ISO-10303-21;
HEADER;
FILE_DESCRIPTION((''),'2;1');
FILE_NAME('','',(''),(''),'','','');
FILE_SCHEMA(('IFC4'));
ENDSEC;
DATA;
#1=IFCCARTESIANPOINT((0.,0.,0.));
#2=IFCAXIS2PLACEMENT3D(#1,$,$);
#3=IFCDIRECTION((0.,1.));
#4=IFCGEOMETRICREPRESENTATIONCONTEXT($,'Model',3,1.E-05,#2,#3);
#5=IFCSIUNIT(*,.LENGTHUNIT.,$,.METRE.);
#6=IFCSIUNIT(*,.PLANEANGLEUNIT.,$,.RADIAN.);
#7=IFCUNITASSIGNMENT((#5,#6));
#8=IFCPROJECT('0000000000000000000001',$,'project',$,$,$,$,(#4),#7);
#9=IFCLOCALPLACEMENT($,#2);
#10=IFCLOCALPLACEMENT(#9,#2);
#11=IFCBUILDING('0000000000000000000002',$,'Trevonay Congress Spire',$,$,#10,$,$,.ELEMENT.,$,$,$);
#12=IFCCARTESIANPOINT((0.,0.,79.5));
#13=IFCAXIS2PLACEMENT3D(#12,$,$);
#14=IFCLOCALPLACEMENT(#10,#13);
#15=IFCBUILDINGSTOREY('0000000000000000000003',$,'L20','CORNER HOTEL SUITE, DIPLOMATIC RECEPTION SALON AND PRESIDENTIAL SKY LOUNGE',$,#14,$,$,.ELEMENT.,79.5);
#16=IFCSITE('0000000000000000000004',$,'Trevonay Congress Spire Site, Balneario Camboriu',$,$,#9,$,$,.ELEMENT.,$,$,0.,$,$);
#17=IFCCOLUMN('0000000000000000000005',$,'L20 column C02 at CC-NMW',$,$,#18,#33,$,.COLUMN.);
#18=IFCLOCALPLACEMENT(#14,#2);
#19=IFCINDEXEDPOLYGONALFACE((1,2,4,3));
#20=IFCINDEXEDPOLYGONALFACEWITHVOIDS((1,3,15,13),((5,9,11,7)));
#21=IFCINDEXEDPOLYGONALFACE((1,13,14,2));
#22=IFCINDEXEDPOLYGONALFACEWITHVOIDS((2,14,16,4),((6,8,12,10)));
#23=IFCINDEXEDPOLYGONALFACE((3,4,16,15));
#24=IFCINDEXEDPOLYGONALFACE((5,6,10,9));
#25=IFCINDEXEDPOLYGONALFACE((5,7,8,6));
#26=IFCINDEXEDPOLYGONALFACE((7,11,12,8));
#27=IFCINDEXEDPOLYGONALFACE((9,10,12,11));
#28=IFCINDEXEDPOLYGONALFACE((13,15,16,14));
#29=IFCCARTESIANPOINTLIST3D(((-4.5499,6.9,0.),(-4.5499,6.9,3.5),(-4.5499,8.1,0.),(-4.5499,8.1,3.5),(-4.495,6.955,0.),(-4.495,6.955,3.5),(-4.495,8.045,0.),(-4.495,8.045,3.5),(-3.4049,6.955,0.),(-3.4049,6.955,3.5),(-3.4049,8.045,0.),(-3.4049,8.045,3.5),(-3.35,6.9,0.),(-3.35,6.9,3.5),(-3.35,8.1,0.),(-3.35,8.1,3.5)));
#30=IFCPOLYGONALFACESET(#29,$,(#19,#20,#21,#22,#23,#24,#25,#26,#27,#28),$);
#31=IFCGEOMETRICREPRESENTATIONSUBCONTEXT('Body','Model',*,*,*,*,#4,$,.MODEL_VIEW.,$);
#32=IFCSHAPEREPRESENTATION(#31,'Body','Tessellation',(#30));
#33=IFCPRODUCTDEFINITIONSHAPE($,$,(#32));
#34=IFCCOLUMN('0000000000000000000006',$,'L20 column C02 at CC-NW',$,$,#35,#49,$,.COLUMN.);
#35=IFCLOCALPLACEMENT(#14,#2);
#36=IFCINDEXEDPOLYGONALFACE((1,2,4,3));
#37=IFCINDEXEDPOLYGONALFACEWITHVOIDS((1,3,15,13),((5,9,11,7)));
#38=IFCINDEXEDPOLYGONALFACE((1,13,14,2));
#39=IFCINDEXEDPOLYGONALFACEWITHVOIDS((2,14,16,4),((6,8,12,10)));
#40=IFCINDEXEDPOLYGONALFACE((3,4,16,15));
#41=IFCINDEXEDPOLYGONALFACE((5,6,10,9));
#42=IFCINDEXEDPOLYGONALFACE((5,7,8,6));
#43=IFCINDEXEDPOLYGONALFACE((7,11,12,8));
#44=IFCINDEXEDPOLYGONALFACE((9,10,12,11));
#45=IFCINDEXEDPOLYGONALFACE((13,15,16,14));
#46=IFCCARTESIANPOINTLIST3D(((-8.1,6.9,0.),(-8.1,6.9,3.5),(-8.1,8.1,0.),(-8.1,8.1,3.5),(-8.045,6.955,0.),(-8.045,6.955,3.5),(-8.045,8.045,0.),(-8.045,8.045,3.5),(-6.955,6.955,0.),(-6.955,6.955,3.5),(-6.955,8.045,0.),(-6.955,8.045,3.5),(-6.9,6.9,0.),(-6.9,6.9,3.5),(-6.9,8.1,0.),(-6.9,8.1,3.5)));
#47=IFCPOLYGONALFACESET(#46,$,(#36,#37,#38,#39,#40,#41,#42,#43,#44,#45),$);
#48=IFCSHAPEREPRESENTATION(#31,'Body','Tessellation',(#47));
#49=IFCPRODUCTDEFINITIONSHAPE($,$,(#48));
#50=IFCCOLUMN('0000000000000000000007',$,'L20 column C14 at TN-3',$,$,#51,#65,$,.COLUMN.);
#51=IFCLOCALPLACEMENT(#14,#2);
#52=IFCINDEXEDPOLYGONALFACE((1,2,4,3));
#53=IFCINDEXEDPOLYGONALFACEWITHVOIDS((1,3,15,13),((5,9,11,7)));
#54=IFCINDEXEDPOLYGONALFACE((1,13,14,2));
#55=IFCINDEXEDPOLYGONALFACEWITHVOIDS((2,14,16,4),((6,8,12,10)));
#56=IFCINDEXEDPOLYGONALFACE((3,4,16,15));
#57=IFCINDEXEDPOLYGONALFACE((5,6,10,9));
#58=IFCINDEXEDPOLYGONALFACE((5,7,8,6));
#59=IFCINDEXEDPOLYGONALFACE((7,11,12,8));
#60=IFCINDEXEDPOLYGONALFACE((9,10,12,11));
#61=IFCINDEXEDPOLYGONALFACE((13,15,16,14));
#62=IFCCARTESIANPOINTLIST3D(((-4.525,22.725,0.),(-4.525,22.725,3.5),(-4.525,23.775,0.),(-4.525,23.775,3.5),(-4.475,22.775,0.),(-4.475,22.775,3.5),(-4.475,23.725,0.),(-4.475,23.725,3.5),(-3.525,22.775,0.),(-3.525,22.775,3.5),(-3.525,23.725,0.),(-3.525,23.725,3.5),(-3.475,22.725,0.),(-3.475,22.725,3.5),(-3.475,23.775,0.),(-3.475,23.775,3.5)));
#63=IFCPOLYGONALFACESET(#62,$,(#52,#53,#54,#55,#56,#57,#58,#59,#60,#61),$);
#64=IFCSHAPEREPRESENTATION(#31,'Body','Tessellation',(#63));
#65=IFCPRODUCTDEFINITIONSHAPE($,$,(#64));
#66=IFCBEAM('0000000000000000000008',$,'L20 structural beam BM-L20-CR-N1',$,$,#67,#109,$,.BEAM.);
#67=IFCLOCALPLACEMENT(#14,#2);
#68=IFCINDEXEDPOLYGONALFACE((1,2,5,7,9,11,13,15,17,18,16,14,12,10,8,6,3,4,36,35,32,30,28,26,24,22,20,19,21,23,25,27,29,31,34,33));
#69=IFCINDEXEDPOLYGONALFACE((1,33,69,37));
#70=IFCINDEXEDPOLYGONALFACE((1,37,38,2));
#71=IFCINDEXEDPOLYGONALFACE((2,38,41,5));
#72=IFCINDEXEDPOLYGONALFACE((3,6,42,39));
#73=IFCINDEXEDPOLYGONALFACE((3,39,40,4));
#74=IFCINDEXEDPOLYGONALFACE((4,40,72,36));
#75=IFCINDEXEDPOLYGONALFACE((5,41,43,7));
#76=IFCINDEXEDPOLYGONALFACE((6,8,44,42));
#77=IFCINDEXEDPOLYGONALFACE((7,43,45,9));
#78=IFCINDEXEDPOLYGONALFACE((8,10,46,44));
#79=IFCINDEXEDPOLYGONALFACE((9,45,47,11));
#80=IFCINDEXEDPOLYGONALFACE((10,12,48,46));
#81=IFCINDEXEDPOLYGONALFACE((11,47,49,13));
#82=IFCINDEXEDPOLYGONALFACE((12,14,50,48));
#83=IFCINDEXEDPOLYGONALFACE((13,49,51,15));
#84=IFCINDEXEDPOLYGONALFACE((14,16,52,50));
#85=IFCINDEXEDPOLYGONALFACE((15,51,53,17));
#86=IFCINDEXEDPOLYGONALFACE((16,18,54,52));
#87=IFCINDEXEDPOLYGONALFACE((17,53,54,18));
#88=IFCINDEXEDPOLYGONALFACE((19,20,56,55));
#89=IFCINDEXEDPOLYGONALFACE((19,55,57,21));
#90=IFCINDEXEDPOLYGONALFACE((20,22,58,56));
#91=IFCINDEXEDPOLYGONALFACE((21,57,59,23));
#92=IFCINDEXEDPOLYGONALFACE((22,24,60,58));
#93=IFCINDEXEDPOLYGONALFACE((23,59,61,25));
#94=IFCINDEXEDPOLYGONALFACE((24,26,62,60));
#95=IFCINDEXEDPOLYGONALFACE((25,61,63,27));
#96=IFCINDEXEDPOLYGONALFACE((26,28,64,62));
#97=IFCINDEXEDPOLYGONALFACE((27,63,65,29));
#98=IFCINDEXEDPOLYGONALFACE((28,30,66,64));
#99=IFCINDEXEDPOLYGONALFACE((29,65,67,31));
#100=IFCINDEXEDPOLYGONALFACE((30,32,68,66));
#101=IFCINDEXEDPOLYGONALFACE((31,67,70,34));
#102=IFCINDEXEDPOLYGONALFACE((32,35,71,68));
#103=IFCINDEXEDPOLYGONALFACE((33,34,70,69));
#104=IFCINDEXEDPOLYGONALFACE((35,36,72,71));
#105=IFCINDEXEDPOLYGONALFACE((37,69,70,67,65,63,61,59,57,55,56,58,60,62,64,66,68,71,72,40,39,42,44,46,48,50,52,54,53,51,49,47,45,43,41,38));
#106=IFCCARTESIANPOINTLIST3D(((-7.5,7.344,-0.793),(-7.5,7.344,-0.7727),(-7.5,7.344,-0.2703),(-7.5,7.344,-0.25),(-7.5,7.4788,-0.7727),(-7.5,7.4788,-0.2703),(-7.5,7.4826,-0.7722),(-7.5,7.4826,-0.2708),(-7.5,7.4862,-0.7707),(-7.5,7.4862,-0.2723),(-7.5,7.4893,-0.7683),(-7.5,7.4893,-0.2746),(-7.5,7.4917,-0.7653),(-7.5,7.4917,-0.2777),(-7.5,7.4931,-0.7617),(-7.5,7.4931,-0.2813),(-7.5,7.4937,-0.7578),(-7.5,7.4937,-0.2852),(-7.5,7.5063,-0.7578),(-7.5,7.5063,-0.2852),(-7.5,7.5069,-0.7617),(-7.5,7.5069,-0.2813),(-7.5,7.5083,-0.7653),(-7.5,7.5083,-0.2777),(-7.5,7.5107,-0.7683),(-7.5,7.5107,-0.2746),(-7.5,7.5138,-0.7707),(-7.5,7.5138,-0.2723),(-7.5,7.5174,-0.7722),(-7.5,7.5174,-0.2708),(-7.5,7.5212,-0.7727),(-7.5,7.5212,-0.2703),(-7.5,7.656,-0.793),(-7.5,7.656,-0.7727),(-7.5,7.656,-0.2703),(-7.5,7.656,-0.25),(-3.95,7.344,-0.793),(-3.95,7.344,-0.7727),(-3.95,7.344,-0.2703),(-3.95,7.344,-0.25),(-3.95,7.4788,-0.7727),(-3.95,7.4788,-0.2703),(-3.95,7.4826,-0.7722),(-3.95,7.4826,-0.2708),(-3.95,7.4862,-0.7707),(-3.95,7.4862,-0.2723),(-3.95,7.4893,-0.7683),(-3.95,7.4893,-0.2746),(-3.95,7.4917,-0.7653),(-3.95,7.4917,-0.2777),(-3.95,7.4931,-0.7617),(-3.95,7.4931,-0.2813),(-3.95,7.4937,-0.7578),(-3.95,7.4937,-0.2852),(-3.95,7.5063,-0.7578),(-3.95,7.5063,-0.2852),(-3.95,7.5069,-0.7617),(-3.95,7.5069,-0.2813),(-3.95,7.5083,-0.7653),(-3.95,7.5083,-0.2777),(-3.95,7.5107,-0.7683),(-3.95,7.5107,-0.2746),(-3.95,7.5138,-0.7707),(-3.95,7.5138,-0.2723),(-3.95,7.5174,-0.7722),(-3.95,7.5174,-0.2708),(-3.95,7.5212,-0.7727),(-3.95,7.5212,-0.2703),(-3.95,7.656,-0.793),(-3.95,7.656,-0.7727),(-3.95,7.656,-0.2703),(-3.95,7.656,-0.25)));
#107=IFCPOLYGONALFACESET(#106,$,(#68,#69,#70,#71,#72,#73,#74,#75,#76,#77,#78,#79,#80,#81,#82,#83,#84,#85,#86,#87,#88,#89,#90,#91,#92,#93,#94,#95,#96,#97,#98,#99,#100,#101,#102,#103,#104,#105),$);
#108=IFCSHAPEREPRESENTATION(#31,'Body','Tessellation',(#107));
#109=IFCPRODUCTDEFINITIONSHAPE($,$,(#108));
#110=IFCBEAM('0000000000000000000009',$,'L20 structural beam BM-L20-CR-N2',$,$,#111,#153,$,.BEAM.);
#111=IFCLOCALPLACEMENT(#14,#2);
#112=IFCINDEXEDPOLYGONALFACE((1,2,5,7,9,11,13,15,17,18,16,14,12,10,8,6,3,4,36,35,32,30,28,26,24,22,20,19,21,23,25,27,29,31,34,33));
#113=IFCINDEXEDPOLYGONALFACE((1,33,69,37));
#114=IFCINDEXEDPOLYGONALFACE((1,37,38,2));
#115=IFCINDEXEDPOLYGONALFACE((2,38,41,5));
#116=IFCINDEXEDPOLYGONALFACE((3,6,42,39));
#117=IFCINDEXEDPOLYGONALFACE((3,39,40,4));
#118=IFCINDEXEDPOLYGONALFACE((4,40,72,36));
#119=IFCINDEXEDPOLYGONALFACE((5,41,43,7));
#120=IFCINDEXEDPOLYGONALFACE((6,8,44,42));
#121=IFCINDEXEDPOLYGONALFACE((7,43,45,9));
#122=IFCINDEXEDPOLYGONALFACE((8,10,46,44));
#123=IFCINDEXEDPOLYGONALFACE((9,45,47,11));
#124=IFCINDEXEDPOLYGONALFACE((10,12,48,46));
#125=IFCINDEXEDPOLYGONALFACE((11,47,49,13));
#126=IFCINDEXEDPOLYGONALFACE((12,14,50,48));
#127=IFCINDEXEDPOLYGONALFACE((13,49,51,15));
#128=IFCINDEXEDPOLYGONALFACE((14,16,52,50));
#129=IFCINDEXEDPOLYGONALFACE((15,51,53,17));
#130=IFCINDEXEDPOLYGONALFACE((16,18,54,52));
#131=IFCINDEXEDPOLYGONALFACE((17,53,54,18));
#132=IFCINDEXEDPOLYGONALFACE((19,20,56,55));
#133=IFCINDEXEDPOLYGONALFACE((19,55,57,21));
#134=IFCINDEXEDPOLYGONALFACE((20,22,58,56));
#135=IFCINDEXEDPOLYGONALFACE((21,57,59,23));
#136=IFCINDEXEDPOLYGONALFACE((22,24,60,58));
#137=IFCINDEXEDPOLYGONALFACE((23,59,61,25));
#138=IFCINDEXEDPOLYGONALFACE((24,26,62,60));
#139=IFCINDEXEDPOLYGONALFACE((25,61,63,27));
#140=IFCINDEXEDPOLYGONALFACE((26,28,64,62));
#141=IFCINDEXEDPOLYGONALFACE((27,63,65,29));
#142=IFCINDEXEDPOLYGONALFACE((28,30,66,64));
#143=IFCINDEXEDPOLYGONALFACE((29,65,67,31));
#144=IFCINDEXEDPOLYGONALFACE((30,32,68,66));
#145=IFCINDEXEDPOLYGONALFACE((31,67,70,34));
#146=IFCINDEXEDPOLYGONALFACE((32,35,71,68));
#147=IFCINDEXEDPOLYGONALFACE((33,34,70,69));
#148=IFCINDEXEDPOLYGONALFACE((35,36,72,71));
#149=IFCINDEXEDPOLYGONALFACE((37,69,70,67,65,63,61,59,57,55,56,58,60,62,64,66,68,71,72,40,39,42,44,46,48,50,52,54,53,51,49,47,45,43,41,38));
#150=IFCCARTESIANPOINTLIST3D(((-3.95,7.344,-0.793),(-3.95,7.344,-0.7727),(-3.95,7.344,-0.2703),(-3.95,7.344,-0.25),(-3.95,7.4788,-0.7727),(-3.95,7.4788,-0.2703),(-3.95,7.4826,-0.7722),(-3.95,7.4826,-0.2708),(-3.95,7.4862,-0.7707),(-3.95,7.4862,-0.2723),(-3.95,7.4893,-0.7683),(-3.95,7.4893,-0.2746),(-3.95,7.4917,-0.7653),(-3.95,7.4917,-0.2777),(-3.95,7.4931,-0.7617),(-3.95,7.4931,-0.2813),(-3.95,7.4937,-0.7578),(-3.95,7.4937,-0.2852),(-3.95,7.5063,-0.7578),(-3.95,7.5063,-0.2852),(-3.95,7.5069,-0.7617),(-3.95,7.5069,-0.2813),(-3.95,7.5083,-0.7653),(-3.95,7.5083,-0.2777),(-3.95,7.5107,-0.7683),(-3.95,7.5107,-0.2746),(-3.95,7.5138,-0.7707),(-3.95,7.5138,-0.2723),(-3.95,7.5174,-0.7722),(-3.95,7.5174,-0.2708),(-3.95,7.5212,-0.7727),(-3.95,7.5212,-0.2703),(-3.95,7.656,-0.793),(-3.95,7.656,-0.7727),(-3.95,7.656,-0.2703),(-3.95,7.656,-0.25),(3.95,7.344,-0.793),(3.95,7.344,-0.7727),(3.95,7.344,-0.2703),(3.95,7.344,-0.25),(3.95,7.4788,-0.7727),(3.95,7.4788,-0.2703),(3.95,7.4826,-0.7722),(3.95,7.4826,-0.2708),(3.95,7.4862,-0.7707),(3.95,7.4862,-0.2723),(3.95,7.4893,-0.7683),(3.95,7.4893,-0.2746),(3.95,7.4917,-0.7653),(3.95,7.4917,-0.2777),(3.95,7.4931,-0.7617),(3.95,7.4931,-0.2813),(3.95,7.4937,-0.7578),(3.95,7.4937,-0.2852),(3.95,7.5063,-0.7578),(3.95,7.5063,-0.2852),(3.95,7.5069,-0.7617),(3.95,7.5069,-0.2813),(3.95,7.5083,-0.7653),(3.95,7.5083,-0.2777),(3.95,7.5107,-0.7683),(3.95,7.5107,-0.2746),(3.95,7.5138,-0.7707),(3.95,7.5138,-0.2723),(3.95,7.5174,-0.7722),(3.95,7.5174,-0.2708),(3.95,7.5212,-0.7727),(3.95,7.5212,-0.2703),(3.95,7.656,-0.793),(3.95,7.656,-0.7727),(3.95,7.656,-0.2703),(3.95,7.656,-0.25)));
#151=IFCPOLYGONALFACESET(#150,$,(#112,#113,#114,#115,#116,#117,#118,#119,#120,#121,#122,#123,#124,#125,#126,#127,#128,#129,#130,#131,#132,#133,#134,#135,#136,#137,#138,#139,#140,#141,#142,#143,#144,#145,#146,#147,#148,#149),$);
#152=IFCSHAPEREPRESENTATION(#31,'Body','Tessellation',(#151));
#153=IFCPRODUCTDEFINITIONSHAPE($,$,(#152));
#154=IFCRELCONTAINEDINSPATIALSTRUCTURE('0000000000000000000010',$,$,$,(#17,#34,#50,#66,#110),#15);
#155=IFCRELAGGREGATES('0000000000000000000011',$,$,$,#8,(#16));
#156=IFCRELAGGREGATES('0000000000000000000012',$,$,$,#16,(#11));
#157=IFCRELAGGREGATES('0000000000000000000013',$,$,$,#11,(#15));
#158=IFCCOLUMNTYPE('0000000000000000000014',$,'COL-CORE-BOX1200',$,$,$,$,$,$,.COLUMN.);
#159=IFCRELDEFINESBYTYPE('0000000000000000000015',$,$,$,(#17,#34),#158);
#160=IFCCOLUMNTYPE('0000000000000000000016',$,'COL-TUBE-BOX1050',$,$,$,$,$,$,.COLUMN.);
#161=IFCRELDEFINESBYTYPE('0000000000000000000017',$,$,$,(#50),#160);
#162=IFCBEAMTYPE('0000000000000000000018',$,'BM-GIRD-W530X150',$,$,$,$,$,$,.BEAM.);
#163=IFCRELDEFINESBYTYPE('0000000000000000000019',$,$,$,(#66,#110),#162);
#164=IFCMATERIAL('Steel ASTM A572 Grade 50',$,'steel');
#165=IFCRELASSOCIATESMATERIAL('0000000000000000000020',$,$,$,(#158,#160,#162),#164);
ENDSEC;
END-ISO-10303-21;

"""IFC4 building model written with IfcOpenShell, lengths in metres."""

from ifc_helpers import new_model, si_unit, direction, frame, origin, origin_2d, place, context, subcontext, project, spatial, hollow_rectangle, i_section, extrude, material, material_profile, profile_set, type_object, element, save


model = new_model("IFC4")

# Units and contexts
model_context = context("Model", 3, precision=1e-05, world=origin(), true_north=direction((0.0, 1.0)))
body_context = subcontext(model_context, "Body", "Model", "MODEL_VIEW")
ifc_project = project(units=[si_unit("LENGTHUNIT", "METRE"), si_unit("PLANEANGLEUNIT", "RADIAN")], contexts=[model_context])

# Site, building, storey
site_placement = place(None, origin())
site = spatial("IfcSite", under=ifc_project, at=site_placement, Name="Trevonay Congress Spire Site, Balneario Camboriu", CompositionType="ELEMENT", RefElevation=0.0)
building_placement = place(site_placement, origin())
building = spatial("IfcBuilding", under=site, at=building_placement, Name="Trevonay Congress Spire", CompositionType="ELEMENT")
storey_placement = place(building_placement, frame((0.0, 0.0, 79.5)))
storey = spatial("IfcBuildingStorey", under=building, at=storey_placement, Name="L20", Description="CORNER HOTEL SUITE, DIPLOMATIC RECEPTION SALON AND PRESIDENTIAL SKY LOUNGE", CompositionType="ELEMENT", Elevation=79.5)

# Columns
ifc_material_1 = material(Name="Steel ASTM A572 Grade 50", Category="steel")
ifc_material_profile_1 = material_profile(ifc_material_1, hollow_rectangle(XDim=1.2, YDim=1.2, WallThickness=0.0549, at=origin_2d()), Name="BOX 1200x1200x55")
ifc_profile_set_1 = profile_set([ifc_material_profile_1], Name="Steel ASTM A572 Grade 50")
column_type_1 = type_object("IfcColumnType", Name="COL-CORE-BOX1200", PredefinedType="COLUMN", material=ifc_profile_set_1)
for number, where, z_axis, x_axis, name in (
    (1, (-3.95, 7.5, 0.0), (0.0, 0.0, 1.0), (1.0, 0.0, 0.0), "L20 column C02 at CC-NMW"),
    (2, (-7.5, 7.5, 0.0), (0.0, 0.0, 1.0), (1.0, 0.0, 0.0), "L20 column C02 at CC-NW"),
):
    element("IfcColumn", number, at=place(storey_placement, frame(where, z_axis=z_axis, x_axis=x_axis)), inside=storey, type_object=column_type_1, Name=name, PredefinedType="COLUMN", context=body_context, shape_type="SweptSolid", body=[
        extrude(hollow_rectangle(XDim=1.2, YDim=1.2, WallThickness=0.0549, at=origin_2d()), origin(), (0.0, 0.0, 1.0), 3.5),
    ])
ifc_material_profile_2 = material_profile(ifc_material_1, hollow_rectangle(XDim=1.05, YDim=1.05, WallThickness=0.05, at=origin_2d()), Name="BOX 1050x1050x50")
ifc_profile_set_2 = profile_set([ifc_material_profile_2], Name="Steel ASTM A572 Grade 50")
column_type_2 = type_object("IfcColumnType", Name="COL-TUBE-BOX1050", PredefinedType="COLUMN", material=ifc_profile_set_2)
column_placement = place(storey_placement, frame((-4.0, 23.25, 0.0), z_axis=(0.0, 0.0, 1.0), x_axis=(1.0, 0.0, 0.0)))
element("IfcColumn", 3, at=column_placement, inside=storey, type_object=column_type_2, Name="L20 column C14 at TN-3", PredefinedType="COLUMN", context=body_context, shape_type="SweptSolid", body=[
    extrude(hollow_rectangle(XDim=1.05, YDim=1.05, WallThickness=0.05, at=origin_2d()), origin(), (0.0, 0.0, 1.0), 3.5),
])

# Beams
ifc_material_profile_3 = material_profile(ifc_material_1, i_section(OverallWidth=0.312, OverallDepth=0.543, WebThickness=0.0127, FlangeThickness=0.0203, FilletRadius=0.0149, at=origin_2d()), Name="W530x150")
ifc_profile_set_3 = profile_set([ifc_material_profile_3], Name="Steel ASTM A572 Grade 50")
beam_type_1 = type_object("IfcBeamType", Name="BM-GIRD-W530X150", PredefinedType="BEAM", material=ifc_profile_set_3)
beam_1_placement = place(storey_placement, frame((-7.5, 7.5, -0.5215), z_axis=(1.0, 0.0, 0.0), x_axis=(0.0, 1.0, 0.0)))
element("IfcBeam", 4, at=beam_1_placement, inside=storey, type_object=beam_type_1, Name="L20 structural beam BM-L20-CR-N1", PredefinedType="BEAM", context=body_context, shape_type="SweptSolid", body=[
    extrude(i_section(OverallWidth=0.312, OverallDepth=0.543, WebThickness=0.0127, FlangeThickness=0.0203, FilletRadius=0.0149, at=origin_2d()), origin(), (0.0, 0.0, 1.0), 3.55),
])
beam_2_placement = place(storey_placement, frame((-3.95, 7.5, -0.5215), z_axis=(1.0, 0.0, 0.0), x_axis=(0.0, 1.0, 0.0)))
element("IfcBeam", 5, at=beam_2_placement, inside=storey, type_object=beam_type_1, Name="L20 structural beam BM-L20-CR-N2", PredefinedType="BEAM", context=body_context, shape_type="SweptSolid", body=[
    extrude(i_section(OverallWidth=0.312, OverallDepth=0.543, WebThickness=0.0127, FlangeThickness=0.0203, FilletRadius=0.0149, at=origin_2d()), origin(), (0.0, 0.0, 1.0), 7.8999),
])

save(model, "model.ifc")
